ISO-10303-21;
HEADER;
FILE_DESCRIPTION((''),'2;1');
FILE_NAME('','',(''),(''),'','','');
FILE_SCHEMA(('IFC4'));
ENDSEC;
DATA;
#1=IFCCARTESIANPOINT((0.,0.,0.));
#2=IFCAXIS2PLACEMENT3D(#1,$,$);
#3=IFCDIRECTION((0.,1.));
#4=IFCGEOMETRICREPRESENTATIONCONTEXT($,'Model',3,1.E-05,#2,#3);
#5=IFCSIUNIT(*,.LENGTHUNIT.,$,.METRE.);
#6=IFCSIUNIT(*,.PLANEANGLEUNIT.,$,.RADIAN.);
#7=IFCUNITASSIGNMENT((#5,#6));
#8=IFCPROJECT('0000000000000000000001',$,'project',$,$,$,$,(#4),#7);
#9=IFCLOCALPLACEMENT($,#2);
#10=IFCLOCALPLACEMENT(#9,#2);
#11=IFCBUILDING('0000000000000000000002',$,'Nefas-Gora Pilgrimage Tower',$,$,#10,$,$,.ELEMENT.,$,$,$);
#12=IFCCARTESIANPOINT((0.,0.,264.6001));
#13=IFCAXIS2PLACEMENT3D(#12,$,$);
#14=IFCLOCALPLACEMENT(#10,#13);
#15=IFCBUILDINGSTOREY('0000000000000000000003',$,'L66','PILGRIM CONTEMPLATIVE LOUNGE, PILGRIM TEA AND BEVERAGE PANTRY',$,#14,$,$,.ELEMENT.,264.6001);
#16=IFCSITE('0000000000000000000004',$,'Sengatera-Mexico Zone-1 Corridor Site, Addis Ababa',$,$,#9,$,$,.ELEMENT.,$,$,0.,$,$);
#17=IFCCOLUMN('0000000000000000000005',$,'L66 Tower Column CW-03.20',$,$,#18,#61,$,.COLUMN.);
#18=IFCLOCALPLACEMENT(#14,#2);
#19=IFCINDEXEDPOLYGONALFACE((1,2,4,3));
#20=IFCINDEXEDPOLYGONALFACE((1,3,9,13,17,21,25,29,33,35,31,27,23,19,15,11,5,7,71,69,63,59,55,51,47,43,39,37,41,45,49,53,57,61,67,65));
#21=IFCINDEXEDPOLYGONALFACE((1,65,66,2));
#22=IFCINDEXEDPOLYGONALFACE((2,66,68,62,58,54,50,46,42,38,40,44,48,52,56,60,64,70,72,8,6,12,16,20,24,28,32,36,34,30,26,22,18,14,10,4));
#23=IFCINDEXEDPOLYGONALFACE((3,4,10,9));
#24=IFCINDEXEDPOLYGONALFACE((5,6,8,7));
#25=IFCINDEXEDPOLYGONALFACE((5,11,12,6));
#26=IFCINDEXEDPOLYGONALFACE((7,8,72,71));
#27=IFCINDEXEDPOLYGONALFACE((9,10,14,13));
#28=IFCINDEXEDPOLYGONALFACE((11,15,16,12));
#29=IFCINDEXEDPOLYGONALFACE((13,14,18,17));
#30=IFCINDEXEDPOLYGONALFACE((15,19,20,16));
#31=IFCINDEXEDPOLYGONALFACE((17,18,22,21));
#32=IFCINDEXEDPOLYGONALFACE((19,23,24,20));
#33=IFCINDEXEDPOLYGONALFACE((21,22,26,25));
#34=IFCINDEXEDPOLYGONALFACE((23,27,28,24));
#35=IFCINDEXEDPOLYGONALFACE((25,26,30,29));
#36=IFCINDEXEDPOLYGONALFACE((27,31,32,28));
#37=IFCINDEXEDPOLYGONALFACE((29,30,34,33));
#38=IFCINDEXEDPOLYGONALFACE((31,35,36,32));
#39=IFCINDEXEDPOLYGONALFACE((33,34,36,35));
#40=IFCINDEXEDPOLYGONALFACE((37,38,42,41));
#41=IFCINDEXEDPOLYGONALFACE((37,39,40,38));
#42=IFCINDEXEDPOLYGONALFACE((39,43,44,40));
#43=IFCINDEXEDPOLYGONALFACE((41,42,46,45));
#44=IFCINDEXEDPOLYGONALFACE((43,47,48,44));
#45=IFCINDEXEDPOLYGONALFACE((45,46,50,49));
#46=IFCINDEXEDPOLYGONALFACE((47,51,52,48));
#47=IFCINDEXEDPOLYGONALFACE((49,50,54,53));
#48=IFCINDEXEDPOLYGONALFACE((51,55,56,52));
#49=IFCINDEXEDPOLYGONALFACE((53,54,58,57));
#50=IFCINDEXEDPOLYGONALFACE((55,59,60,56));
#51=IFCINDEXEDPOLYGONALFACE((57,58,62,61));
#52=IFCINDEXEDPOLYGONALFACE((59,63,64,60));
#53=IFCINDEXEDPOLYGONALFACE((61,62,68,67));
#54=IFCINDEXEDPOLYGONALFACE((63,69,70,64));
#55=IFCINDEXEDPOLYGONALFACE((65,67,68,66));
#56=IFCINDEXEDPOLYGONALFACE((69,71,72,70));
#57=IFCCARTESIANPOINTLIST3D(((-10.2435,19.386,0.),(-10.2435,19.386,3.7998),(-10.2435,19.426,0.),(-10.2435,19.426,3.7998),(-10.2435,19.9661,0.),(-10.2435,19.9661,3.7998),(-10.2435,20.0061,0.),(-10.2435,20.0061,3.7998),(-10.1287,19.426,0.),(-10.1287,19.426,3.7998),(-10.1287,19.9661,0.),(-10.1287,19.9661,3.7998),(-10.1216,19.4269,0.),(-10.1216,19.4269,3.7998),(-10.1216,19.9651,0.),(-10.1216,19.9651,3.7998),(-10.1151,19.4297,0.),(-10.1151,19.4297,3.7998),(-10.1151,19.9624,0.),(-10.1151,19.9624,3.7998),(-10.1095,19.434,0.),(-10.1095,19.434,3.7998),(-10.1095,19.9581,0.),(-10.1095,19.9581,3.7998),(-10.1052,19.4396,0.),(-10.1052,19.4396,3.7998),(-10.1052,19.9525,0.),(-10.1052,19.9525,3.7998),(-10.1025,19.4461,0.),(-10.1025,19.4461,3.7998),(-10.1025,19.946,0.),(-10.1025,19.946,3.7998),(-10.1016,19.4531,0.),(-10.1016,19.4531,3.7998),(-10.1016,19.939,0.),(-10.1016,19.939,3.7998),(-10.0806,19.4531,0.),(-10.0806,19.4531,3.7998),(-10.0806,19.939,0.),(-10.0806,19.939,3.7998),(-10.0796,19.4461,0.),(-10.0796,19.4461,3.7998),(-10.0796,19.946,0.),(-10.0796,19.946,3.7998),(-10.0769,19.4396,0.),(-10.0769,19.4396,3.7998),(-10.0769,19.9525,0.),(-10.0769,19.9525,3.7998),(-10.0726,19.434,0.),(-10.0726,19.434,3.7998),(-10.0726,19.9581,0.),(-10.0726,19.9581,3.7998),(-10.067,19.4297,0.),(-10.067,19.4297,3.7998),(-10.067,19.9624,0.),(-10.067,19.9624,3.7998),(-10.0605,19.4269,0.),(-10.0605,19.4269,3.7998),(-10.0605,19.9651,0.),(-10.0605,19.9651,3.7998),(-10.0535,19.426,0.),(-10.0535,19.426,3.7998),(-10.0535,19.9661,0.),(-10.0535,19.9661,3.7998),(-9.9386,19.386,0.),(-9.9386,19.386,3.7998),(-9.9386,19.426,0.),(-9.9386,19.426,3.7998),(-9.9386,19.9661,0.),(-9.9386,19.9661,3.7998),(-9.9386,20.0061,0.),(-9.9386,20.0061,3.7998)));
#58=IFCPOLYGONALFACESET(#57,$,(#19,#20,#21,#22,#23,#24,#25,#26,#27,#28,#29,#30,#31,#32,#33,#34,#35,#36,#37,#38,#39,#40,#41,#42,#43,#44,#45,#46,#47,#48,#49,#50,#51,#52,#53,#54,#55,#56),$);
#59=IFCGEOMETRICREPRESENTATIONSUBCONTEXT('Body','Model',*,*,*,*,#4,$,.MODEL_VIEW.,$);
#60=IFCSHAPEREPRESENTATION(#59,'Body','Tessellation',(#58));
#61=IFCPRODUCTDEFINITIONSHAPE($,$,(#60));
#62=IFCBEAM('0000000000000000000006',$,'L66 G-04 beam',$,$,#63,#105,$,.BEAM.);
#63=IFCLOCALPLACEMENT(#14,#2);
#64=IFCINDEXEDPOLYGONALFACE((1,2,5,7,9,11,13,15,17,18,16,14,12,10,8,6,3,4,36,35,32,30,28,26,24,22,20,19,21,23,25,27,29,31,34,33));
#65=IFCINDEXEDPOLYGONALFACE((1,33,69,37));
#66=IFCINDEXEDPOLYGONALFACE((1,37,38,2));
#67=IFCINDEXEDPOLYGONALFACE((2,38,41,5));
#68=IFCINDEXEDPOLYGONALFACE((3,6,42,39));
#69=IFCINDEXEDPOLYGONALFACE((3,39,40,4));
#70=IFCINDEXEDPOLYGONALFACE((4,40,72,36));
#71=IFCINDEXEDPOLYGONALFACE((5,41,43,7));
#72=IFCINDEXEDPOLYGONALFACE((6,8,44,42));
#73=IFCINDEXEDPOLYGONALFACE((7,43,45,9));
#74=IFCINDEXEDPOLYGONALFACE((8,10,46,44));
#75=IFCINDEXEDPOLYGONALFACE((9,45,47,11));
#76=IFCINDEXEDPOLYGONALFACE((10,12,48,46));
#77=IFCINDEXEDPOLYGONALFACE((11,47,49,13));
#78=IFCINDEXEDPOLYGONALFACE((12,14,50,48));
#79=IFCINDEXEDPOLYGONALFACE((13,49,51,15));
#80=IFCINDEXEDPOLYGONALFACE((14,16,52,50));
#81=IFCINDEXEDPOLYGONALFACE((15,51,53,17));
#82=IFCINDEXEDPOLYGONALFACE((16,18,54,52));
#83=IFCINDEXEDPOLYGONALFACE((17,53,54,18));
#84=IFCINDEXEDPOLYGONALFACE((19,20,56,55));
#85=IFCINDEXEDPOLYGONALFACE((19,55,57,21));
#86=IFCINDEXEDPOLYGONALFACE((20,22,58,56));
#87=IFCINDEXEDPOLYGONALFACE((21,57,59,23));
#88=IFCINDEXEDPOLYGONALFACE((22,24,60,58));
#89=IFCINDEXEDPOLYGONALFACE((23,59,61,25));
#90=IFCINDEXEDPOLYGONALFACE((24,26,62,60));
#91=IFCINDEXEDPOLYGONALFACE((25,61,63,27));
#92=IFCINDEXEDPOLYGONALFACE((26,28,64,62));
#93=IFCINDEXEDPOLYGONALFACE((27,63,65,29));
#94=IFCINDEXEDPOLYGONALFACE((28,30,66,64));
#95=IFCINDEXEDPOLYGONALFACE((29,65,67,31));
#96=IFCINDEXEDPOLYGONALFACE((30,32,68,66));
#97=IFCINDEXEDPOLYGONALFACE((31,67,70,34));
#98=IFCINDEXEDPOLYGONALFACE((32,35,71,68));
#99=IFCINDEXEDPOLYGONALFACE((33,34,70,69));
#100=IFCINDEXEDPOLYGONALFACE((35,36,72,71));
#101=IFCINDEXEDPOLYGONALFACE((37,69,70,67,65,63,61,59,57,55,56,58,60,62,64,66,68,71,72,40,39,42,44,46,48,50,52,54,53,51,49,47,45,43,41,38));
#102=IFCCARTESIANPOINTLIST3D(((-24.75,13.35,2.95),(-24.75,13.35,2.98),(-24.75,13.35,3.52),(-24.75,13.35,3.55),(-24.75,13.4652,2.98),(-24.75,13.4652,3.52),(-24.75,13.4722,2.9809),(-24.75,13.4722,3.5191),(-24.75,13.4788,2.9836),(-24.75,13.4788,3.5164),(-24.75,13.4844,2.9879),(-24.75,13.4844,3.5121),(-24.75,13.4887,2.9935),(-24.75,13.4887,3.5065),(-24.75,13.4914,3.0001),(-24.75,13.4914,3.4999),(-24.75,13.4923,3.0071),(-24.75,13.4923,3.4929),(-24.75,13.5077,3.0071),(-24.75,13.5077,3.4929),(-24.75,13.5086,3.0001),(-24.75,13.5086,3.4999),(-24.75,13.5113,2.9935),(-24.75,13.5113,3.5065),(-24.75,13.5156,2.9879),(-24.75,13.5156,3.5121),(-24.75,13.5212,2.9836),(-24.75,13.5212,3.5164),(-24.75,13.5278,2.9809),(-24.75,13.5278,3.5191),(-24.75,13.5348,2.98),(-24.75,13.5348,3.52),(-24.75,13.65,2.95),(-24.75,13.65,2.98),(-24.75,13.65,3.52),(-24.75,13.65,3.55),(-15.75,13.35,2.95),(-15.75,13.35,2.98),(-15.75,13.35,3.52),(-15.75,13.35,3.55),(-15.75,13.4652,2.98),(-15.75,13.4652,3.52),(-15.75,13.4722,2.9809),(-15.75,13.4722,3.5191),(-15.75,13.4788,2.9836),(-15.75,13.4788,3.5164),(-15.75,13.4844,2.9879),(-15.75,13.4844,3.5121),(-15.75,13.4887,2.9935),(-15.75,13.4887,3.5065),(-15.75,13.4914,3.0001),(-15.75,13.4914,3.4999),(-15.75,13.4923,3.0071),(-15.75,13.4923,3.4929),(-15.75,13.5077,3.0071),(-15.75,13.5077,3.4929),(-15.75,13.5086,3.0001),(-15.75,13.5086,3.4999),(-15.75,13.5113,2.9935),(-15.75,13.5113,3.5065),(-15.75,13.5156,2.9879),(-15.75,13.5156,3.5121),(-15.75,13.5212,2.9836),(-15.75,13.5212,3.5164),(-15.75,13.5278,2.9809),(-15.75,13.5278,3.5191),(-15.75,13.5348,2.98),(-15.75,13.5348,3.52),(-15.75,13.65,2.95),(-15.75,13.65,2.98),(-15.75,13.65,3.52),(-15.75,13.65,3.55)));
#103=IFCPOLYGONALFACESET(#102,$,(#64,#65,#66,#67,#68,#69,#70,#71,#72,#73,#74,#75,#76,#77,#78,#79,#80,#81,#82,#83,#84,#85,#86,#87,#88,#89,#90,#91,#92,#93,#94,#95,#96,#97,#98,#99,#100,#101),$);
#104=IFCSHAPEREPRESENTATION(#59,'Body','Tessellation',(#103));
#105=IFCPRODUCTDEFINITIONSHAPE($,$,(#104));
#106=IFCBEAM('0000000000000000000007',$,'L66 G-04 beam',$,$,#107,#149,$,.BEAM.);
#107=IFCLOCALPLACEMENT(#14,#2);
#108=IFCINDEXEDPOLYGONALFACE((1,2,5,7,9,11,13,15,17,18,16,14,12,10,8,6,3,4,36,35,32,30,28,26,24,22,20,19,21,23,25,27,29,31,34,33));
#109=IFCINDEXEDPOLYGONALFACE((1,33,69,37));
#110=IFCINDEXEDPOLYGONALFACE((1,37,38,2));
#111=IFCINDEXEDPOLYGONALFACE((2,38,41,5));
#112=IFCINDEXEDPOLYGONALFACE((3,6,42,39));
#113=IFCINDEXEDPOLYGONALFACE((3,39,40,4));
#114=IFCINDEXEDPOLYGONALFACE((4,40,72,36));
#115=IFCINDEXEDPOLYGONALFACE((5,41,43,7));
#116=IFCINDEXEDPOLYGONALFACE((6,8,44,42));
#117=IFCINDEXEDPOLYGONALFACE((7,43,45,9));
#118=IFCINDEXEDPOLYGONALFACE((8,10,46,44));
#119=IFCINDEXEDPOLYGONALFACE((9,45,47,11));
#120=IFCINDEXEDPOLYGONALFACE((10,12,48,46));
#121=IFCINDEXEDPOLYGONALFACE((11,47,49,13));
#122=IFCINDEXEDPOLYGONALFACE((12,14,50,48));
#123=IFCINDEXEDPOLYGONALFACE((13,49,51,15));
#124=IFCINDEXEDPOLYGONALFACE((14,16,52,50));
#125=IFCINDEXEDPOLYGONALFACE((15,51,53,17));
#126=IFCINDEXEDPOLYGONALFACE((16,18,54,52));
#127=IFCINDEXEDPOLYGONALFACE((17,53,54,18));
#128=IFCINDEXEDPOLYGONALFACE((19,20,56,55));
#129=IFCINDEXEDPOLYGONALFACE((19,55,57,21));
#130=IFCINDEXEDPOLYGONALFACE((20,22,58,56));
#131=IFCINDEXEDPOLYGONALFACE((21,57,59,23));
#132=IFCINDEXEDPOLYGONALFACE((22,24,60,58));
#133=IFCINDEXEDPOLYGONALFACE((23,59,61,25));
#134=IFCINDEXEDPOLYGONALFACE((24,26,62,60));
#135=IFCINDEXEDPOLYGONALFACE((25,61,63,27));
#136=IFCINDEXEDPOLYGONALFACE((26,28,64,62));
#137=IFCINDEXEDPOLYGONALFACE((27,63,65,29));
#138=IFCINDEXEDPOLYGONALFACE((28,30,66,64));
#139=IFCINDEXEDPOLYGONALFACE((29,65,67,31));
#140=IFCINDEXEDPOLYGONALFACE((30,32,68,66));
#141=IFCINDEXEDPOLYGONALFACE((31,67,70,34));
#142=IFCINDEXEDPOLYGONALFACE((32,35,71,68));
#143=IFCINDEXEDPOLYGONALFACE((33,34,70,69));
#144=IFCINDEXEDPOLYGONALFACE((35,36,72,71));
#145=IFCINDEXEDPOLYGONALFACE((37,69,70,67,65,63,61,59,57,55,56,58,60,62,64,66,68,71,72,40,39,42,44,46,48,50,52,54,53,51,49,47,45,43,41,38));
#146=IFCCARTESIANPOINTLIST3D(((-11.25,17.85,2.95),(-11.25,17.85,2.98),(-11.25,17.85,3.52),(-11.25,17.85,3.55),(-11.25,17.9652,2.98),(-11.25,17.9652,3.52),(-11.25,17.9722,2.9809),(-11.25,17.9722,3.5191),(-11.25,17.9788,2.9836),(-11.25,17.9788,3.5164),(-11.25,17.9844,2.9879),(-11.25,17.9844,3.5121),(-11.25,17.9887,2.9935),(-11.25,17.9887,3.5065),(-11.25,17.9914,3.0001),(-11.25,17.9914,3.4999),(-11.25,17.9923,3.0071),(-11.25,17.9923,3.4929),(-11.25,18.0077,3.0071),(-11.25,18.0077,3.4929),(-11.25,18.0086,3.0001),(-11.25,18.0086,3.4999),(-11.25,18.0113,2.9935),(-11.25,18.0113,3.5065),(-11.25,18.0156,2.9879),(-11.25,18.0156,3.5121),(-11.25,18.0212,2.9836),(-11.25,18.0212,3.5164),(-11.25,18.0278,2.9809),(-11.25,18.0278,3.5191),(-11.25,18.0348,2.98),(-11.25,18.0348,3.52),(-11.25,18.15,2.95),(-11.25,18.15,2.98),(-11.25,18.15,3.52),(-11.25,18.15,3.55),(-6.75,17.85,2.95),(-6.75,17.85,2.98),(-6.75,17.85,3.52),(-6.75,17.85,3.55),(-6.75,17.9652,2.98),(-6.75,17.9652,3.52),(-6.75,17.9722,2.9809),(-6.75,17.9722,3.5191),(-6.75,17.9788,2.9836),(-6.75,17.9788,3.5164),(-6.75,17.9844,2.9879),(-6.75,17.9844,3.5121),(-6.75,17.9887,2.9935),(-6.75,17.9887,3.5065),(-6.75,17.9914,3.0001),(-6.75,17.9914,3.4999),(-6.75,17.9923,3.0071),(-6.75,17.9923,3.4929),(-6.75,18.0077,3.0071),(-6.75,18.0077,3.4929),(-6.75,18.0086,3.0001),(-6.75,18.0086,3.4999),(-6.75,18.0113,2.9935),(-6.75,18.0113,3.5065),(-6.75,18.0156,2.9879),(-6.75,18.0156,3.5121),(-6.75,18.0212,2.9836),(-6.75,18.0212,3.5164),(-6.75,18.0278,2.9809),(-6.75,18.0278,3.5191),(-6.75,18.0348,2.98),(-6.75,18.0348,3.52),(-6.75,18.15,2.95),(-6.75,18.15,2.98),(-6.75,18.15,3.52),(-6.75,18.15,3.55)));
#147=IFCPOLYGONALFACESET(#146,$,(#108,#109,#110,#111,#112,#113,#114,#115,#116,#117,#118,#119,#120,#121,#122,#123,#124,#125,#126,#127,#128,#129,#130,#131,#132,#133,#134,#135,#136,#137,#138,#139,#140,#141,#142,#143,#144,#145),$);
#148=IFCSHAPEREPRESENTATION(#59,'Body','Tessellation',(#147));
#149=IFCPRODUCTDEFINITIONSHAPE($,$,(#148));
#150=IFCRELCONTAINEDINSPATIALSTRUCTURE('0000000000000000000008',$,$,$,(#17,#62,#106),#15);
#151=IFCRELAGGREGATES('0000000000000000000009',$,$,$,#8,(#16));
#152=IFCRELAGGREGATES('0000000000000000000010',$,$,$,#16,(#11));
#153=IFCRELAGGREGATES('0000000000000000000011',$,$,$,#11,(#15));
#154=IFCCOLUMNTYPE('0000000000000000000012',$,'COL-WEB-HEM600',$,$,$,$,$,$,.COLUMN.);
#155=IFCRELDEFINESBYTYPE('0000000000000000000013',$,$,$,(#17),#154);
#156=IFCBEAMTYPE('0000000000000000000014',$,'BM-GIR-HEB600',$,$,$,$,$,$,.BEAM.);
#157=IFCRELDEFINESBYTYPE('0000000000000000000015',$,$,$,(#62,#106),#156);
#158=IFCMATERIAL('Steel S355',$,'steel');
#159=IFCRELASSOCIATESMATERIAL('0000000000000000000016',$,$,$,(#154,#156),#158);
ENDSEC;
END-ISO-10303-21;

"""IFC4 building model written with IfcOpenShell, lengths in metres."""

from ifc_helpers import new_model, si_unit, direction, frame, origin, origin_2d, place, context, subcontext, project, spatial, i_section, extrude, source, transform, mapped, material, material_profile, profile_set, type_object, element, save


model = new_model("IFC4")

# Units and contexts
model_context = context("Model", 3, precision=1e-05, world=origin(), true_north=direction((0.0, 1.0)))
body_context = subcontext(model_context, "Body", "Model", "MODEL_VIEW")
ifc_project = project(units=[si_unit("LENGTHUNIT", "METRE"), si_unit("PLANEANGLEUNIT", "RADIAN")], contexts=[model_context])

# Site, building, storey
site_placement = place(None, origin())
site = spatial("IfcSite", under=ifc_project, at=site_placement, Name="Sengatera-Mexico Zone-1 Corridor Site, Addis Ababa", CompositionType="ELEMENT", RefElevation=0.0)
building_placement = place(site_placement, origin())
building = spatial("IfcBuilding", under=site, at=building_placement, Name="Nefas-Gora Pilgrimage Tower", CompositionType="ELEMENT")
storey_placement = place(building_placement, frame((0.0, 0.0, 264.6001)))
storey = spatial("IfcBuildingStorey", under=building, at=storey_placement, Name="L66", Description="PILGRIM CONTEMPLATIVE LOUNGE, PILGRIM TEA AND BEVERAGE PANTRY", CompositionType="ELEMENT", Elevation=264.6001)

# Column
ifc_material_1 = material(Name="Steel S355", Category="steel")
ifc_material_profile_1 = material_profile(ifc_material_1, i_section(OverallWidth=0.3049, OverallDepth=0.6201, WebThickness=0.021, FlangeThickness=0.04, FilletRadius=0.0271, at=origin_2d()), Name="HEM 600")
ifc_profile_set_1 = profile_set([ifc_material_profile_1], Name="Steel S355")
column_type_1 = type_object("IfcColumnType", Name="COL-WEB-HEM600", PredefinedType="COLUMN", material=ifc_profile_set_1)
shared_shape_1 = source(origin(), body_context, "Body", "SweptSolid", [
    extrude(i_section(OverallWidth=0.3049, OverallDepth=0.6201, WebThickness=0.021, FlangeThickness=0.04, FilletRadius=0.0271, at=origin_2d()), origin(), (0.0, 0.0, 1.0), 3.7998),
])
for number, where, z_axis, x_axis, name in (
    (1, (-10.0911, 19.696, 0.0), (0.0, 0.0, 1.0), (1.0, 0.0, 0.0), "L66 Tower Column CW-03.20"),
):
    element("IfcColumn", number, at=place(storey_placement, frame(where, z_axis=z_axis, x_axis=x_axis)), inside=storey, type_object=column_type_1, Name=name, PredefinedType="COLUMN", context=body_context, shape_type="MappedRepresentation", body=[
        mapped(shared_shape_1, transform((0.0, 0.0, 0.0), x_axis=(1.0, 0.0, 0.0), y_axis=(0.0, 1.0, 0.0), z_axis=(0.0, 0.0, 1.0), scale=1.0)),
    ])

# Beams
ifc_material_profile_2 = material_profile(ifc_material_1, i_section(OverallWidth=0.3, OverallDepth=0.6001, WebThickness=0.0154, FlangeThickness=0.03, FilletRadius=0.0271, at=origin_2d()), Name="HEB 600")
ifc_profile_set_2 = profile_set([ifc_material_profile_2], Name="Steel S355")
beam_type = type_object("IfcBeamType", Name="BM-GIR-HEB600", PredefinedType="BEAM", material=ifc_profile_set_2)
shared_shape_2 = source(origin(), body_context, "Body", "SweptSolid", [
    extrude(i_section(OverallWidth=0.3, OverallDepth=0.6001, WebThickness=0.0154, FlangeThickness=0.03, FilletRadius=0.0271, at=origin_2d()), origin(), (0.0, 0.0, 1.0), 9.0),
])
beam_1_placement = place(storey_placement, frame((-24.75, 13.5, 3.25), z_axis=(1.0, 0.0, 0.0), x_axis=(0.0, 1.0, 0.0)))
element("IfcBeam", 2, at=beam_1_placement, inside=storey, type_object=beam_type, Name="L66 G-04 beam", PredefinedType="BEAM", context=body_context, shape_type="MappedRepresentation", body=[
    mapped(shared_shape_2, transform((0.0, 0.0, 0.0), x_axis=(1.0, 0.0, 0.0), y_axis=(0.0, 1.0, 0.0), z_axis=(0.0, 0.0, 1.0), scale=1.0)),
])
shared_shape_3 = source(origin(), body_context, "Body", "SweptSolid", [
    extrude(i_section(OverallWidth=0.3, OverallDepth=0.6001, WebThickness=0.0154, FlangeThickness=0.03, FilletRadius=0.0271, at=origin_2d()), origin(), (0.0, 0.0, 1.0), 4.5),
])
beam_2_placement = place(storey_placement, frame((-11.25, 18.0, 3.25), z_axis=(1.0, 0.0, 0.0), x_axis=(0.0, 1.0, 0.0)))
element("IfcBeam", 3, at=beam_2_placement, inside=storey, type_object=beam_type, Name="L66 G-04 beam", PredefinedType="BEAM", context=body_context, shape_type="MappedRepresentation", body=[
    mapped(shared_shape_3, transform((0.0, 0.0, 0.0), x_axis=(1.0, 0.0, 0.0), y_axis=(0.0, 1.0, 0.0), z_axis=(0.0, 0.0, 1.0), scale=1.0)),
])

save(model, "model.ifc")
